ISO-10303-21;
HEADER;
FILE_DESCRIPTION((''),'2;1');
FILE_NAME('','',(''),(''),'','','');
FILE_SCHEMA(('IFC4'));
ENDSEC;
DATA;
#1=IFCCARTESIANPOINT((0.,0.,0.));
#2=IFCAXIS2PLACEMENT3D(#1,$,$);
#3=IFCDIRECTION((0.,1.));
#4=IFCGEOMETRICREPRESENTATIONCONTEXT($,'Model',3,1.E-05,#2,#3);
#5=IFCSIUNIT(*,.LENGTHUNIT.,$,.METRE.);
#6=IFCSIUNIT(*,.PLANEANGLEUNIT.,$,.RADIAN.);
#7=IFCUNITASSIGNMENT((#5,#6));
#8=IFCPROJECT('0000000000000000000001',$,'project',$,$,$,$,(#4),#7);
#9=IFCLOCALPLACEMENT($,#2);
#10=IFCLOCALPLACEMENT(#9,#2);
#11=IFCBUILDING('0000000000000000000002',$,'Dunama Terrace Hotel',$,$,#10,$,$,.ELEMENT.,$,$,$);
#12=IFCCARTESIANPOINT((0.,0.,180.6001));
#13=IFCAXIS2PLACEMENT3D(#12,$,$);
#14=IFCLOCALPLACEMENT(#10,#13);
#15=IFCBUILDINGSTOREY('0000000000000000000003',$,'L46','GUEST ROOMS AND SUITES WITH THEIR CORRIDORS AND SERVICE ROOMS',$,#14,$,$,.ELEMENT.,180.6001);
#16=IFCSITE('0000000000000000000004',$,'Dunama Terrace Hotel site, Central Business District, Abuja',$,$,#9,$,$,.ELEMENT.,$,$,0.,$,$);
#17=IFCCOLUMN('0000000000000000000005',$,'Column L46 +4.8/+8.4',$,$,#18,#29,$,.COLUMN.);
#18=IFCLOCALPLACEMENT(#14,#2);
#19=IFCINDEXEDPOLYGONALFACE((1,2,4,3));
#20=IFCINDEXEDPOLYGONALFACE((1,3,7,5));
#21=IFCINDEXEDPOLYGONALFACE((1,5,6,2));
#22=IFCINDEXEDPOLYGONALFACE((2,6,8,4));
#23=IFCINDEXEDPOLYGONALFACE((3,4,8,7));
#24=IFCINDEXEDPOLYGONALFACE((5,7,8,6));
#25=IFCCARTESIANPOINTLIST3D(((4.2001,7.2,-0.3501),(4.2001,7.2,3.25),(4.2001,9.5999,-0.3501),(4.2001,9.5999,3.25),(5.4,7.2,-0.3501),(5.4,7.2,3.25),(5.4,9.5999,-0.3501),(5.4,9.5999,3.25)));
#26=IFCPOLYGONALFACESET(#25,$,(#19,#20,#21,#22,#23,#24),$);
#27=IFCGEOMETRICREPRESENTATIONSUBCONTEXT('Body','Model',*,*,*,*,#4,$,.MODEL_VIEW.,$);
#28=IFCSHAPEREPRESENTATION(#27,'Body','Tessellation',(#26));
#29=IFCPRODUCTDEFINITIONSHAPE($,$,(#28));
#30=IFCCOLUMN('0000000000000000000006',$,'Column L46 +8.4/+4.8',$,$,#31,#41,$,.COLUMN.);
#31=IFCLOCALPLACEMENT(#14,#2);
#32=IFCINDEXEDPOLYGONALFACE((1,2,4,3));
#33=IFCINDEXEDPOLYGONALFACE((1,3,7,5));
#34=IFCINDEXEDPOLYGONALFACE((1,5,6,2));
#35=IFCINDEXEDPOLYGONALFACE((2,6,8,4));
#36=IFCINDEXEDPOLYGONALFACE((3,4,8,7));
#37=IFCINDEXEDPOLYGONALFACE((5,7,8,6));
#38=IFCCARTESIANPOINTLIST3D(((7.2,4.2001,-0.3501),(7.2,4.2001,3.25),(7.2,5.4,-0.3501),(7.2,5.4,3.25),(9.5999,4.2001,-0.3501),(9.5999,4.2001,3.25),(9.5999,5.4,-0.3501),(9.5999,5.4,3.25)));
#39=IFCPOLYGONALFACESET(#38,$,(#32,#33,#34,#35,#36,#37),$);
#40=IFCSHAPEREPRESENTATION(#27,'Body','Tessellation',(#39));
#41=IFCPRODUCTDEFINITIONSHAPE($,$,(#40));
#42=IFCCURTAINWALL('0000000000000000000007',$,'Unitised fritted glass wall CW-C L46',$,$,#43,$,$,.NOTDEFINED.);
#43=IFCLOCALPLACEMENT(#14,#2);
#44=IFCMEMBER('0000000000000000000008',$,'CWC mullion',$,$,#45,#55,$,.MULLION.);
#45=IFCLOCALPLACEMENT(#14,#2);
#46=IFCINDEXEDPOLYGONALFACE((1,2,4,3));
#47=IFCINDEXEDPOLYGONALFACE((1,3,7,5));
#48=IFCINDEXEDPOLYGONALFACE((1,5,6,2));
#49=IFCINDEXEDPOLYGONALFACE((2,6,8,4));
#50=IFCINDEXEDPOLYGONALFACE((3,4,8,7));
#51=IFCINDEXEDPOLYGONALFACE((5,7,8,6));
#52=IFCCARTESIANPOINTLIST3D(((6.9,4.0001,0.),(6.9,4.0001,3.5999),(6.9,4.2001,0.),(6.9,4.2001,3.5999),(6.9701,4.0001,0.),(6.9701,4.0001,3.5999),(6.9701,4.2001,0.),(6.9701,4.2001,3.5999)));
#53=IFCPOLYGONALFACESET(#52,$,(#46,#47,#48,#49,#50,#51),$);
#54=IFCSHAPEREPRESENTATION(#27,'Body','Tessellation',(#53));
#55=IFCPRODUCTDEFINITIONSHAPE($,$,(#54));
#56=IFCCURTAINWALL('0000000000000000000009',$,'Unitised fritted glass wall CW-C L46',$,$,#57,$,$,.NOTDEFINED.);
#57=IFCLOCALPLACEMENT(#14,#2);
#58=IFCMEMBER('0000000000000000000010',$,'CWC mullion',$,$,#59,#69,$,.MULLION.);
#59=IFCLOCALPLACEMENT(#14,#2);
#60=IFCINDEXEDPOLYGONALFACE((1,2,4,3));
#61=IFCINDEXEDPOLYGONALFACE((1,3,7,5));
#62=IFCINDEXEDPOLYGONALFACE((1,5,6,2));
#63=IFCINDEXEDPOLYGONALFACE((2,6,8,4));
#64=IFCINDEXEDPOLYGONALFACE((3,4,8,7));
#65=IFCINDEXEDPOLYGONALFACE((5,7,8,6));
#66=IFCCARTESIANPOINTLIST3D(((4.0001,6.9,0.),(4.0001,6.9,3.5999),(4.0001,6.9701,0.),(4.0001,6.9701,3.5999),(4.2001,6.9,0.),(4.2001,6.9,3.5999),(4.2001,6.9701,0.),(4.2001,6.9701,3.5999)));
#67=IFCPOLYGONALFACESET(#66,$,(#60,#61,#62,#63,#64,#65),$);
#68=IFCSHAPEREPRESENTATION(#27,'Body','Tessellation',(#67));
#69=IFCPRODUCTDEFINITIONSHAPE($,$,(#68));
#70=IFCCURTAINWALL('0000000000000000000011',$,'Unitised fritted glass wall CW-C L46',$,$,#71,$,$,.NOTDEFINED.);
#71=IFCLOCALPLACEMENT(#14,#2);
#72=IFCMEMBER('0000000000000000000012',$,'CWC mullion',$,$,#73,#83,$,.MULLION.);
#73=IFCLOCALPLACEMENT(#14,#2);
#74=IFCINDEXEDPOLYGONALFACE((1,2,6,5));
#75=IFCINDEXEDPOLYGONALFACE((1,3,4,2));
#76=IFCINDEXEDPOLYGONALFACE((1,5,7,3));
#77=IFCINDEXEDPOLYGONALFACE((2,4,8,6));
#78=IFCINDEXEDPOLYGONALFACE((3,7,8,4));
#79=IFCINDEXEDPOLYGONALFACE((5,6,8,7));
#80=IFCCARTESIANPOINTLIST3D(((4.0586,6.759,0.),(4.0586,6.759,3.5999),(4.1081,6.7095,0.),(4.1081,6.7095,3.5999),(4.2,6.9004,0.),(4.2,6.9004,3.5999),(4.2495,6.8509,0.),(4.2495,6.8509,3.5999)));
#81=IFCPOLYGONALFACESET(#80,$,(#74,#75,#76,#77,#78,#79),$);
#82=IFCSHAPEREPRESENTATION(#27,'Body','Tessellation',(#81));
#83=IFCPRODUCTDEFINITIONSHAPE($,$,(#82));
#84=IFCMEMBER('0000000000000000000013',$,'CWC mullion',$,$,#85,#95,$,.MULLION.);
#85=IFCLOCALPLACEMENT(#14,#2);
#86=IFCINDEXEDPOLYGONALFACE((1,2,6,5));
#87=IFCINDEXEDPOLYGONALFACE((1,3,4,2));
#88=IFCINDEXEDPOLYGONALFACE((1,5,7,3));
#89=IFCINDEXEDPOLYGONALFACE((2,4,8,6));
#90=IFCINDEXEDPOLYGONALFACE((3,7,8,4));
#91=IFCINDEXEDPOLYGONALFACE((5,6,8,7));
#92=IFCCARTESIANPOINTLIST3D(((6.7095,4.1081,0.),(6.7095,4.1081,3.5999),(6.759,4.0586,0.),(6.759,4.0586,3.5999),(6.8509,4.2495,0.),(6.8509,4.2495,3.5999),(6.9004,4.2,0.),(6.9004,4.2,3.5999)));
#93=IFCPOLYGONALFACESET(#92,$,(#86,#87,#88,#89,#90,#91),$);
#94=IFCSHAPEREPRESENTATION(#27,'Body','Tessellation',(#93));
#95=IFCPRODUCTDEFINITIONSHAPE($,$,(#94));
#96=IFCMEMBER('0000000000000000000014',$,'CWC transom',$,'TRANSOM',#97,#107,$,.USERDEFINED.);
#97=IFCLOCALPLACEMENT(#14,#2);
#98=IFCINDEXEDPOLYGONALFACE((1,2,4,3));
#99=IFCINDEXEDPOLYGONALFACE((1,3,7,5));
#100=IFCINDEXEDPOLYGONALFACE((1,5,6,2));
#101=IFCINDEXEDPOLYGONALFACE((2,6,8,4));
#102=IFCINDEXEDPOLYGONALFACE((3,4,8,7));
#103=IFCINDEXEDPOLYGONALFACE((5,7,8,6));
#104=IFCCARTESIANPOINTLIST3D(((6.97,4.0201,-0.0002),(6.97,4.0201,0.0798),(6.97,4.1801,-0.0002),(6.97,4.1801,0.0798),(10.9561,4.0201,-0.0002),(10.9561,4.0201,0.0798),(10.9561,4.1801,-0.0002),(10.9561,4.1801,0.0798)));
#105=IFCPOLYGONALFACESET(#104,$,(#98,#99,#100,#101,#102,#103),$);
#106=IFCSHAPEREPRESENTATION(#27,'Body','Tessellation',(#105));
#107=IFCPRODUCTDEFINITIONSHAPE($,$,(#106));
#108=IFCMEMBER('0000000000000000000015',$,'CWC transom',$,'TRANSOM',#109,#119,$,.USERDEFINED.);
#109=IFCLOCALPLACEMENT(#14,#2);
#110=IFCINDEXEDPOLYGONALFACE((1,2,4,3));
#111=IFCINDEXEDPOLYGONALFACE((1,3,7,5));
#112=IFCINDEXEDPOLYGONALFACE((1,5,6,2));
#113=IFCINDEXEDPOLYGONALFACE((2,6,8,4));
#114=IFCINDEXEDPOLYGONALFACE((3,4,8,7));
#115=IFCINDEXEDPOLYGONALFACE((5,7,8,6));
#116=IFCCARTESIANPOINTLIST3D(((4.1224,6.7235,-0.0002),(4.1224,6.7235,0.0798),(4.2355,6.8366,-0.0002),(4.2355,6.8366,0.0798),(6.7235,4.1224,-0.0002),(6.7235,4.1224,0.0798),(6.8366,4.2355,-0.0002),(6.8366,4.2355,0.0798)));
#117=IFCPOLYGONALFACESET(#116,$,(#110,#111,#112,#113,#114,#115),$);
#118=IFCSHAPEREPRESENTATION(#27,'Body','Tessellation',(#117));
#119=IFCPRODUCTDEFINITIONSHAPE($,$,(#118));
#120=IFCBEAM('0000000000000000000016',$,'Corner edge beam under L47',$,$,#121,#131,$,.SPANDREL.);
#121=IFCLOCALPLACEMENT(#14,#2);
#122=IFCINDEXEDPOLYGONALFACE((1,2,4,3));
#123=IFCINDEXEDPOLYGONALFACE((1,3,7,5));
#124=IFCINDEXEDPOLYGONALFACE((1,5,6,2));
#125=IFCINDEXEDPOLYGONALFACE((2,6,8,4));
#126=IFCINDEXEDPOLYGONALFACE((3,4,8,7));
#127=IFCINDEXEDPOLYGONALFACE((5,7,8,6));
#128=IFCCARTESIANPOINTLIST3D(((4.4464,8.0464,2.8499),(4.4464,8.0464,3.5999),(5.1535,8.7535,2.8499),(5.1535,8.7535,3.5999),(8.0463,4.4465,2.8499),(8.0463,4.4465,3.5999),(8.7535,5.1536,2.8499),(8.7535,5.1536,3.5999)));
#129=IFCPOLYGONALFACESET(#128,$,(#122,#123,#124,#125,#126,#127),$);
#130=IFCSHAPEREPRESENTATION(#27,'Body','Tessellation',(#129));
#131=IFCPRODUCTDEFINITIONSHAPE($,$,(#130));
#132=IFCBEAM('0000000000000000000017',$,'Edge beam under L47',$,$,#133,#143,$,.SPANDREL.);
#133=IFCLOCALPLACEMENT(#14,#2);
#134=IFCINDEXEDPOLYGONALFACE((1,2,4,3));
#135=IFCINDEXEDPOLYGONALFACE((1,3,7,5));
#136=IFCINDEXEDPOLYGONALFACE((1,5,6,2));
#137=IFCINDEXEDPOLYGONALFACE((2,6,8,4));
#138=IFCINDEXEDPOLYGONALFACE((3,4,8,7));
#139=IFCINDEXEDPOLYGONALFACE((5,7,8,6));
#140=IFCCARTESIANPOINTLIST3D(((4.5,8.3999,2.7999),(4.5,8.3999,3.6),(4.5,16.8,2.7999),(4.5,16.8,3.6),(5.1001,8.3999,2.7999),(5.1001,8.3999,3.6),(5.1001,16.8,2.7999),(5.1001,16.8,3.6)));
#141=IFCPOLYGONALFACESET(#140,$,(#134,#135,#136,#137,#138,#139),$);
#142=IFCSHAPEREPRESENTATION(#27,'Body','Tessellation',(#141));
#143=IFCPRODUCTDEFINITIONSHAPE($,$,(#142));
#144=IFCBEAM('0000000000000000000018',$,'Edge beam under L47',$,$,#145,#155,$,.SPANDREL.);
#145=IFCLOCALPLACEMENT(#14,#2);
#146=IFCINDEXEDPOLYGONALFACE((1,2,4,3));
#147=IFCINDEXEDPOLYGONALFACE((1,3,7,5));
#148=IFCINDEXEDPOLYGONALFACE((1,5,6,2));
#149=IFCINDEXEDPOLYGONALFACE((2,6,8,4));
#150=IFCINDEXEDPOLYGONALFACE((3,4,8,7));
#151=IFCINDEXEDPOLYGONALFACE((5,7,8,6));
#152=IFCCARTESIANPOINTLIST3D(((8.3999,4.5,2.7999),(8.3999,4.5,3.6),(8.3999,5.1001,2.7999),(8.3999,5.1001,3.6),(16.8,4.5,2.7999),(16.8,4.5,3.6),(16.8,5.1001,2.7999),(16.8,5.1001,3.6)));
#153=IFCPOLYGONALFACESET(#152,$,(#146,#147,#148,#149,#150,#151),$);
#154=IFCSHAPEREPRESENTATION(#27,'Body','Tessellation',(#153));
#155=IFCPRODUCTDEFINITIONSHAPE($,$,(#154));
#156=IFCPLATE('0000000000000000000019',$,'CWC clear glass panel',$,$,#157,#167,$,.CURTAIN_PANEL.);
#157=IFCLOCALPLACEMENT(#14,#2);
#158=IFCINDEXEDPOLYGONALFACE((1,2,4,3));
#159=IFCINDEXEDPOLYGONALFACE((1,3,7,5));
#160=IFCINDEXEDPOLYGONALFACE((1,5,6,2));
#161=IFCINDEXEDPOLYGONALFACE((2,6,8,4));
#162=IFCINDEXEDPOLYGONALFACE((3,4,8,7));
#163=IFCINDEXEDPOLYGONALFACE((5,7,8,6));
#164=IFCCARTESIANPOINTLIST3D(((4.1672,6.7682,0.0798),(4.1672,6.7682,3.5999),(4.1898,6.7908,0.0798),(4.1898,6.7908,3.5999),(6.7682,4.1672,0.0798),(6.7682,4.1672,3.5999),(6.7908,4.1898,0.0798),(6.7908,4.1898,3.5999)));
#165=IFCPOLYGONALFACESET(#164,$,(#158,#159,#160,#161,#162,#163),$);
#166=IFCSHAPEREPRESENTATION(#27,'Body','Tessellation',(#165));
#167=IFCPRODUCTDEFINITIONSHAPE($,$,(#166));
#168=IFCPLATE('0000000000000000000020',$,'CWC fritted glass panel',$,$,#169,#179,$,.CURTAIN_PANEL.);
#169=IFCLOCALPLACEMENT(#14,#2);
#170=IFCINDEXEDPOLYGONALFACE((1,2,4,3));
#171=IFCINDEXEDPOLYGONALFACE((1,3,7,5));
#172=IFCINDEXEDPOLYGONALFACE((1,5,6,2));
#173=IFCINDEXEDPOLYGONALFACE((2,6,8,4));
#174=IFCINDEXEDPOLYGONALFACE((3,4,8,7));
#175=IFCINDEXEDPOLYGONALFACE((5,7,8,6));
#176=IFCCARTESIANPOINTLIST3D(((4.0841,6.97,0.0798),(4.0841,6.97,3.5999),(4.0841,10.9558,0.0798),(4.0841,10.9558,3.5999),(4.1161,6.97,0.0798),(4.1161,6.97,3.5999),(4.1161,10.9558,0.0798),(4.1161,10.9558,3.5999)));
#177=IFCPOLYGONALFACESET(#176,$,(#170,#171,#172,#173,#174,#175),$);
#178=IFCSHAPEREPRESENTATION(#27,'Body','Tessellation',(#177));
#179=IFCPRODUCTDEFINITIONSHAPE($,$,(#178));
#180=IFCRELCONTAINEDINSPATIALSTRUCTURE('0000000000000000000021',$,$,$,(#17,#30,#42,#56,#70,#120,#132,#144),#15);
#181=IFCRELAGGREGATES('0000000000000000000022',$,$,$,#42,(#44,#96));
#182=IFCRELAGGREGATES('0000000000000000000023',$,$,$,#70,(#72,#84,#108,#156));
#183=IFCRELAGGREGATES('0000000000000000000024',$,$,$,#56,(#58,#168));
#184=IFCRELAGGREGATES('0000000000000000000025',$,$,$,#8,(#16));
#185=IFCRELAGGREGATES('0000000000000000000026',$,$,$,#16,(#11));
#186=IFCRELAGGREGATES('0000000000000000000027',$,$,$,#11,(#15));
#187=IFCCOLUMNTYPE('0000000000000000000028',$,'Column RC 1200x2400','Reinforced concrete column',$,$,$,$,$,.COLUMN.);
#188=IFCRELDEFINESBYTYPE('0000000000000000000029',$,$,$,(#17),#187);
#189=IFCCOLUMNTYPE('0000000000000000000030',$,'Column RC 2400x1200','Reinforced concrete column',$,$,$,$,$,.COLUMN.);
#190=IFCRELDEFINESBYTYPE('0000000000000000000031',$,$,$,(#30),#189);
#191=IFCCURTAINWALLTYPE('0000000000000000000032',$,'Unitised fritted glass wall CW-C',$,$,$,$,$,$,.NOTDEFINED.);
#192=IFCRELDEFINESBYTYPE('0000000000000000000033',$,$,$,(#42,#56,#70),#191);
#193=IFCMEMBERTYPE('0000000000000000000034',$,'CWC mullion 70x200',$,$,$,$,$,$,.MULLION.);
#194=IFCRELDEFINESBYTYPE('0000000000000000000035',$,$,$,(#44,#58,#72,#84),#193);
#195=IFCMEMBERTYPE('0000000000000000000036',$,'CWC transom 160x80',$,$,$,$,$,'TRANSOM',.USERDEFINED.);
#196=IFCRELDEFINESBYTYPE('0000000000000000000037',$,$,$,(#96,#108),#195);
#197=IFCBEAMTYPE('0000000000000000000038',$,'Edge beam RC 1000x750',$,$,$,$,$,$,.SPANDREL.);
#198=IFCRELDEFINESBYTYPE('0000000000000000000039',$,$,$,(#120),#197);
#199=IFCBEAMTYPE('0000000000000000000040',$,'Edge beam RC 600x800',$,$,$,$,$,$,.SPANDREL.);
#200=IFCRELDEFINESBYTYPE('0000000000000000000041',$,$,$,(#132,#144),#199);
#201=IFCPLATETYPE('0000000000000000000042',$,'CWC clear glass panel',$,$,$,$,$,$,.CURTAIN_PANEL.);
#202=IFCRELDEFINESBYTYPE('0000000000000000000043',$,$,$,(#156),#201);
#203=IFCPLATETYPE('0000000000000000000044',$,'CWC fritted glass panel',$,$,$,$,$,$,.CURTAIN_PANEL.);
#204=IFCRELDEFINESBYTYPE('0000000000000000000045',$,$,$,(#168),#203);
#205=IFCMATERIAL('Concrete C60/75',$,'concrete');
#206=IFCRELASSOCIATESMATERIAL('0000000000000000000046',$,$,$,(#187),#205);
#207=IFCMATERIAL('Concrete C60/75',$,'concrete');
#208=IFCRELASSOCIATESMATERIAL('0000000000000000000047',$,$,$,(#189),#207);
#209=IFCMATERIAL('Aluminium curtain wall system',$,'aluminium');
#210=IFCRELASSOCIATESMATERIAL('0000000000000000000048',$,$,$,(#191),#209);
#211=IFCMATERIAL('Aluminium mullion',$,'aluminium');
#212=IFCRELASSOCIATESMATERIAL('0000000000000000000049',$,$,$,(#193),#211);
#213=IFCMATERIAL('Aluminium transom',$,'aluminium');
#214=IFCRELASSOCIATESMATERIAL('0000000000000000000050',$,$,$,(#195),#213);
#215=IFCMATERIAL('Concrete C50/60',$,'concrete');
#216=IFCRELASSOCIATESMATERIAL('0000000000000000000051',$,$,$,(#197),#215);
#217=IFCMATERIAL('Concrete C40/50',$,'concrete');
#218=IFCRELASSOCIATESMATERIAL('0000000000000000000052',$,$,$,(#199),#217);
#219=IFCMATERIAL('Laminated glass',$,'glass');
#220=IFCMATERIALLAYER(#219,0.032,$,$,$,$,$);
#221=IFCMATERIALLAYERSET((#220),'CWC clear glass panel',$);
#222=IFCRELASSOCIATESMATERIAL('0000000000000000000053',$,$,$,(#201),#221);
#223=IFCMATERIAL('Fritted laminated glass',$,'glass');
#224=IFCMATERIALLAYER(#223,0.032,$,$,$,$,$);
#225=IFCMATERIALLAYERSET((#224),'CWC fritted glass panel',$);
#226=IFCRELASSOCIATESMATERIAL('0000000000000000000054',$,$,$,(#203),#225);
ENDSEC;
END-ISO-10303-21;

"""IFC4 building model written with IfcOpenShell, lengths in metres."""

from ifc_helpers import new_model, si_unit, direction, frame, origin, origin_2d, place, context, subcontext, project, spatial, rectangle, extrude, material, layer, layer_set, material_profile, profile_set, type_object, element, aggregate, save


model = new_model("IFC4")

# Units and contexts
model_context = context("Model", 3, precision=1e-05, world=origin(), true_north=direction((0.0, 1.0)))
body_context = subcontext(model_context, "Body", "Model", "MODEL_VIEW")
ifc_project = project(units=[si_unit("LENGTHUNIT", "METRE"), si_unit("PLANEANGLEUNIT", "RADIAN")], contexts=[model_context])

# Site, building, storey
site_placement = place(None, origin())
site = spatial("IfcSite", under=ifc_project, at=site_placement, Name="Dunama Terrace Hotel site, Central Business District, Abuja", CompositionType="ELEMENT", RefElevation=0.0)
building_placement = place(site_placement, origin())
building = spatial("IfcBuilding", under=site, at=building_placement, Name="Dunama Terrace Hotel", CompositionType="ELEMENT")
storey_placement = place(building_placement, frame((0.0, 0.0, 180.6001)))
storey = spatial("IfcBuildingStorey", under=building, at=storey_placement, Name="L46", Description="GUEST ROOMS AND SUITES WITH THEIR CORRIDORS AND SERVICE ROOMS", CompositionType="ELEMENT", Elevation=180.6001)

# Columns
ifc_material_1 = material(Name="Concrete C60/75", Category="concrete")
ifc_material_profile_1 = material_profile(ifc_material_1, rectangle(XDim=1.2, YDim=2.3999, at=origin_2d()), Name="RC 1200x2400")
ifc_profile_set_1 = profile_set([ifc_material_profile_1], Name="Concrete C60/75")
column_type_1 = type_object("IfcColumnType", Name="Column RC 1200x2400", Description="Reinforced concrete column", PredefinedType="COLUMN", material=ifc_profile_set_1)
column_1_placement = place(storey_placement, frame((4.8, 8.3999, -0.3501), z_axis=(0.0, 0.0, 1.0), x_axis=(1.0, 0.0, 0.0)))
element("IfcColumn", 1, at=column_1_placement, inside=storey, type_object=column_type_1, Name="Column L46 +4.8/+8.4", PredefinedType="COLUMN", context=body_context, shape_type="SweptSolid", body=[
    extrude(rectangle(XDim=1.2, YDim=2.3999, at=origin_2d()), origin(), (0.0, 0.0, 1.0), 3.6001),
])
ifc_material_2 = material(Name="Concrete C60/75", Category="concrete")
ifc_material_profile_2 = material_profile(ifc_material_2, rectangle(XDim=2.3999, YDim=1.2, at=origin_2d()), Name="RC 2400x1200")
ifc_profile_set_2 = profile_set([ifc_material_profile_2], Name="Concrete C60/75")
column_type_2 = type_object("IfcColumnType", Name="Column RC 2400x1200", Description="Reinforced concrete column", PredefinedType="COLUMN", material=ifc_profile_set_2)
column_2_placement = place(storey_placement, frame((8.3999, 4.8, -0.3501), z_axis=(0.0, 0.0, 1.0), x_axis=(1.0, 0.0, 0.0)))
element("IfcColumn", 2, at=column_2_placement, inside=storey, type_object=column_type_2, Name="Column L46 +8.4/+4.8", PredefinedType="COLUMN", context=body_context, shape_type="SweptSolid", body=[
    extrude(rectangle(XDim=2.3999, YDim=1.2, at=origin_2d()), origin(), (0.0, 0.0, 1.0), 3.6001),
])

# Curtain walls, members
ifc_material_3 = material(Name="Aluminium curtain wall system", Category="aluminium")
curtain_wall_type = type_object("IfcCurtainWallType", Name="Unitised fritted glass wall CW-C", PredefinedType="NOTDEFINED", material=ifc_material_3)
curtain_wall_1_placement = place(storey_placement, origin())
curtain_wall_1 = element("IfcCurtainWall", 3, at=curtain_wall_1_placement, inside=storey, type_object=curtain_wall_type, Name="Unitised fritted glass wall CW-C L46", PredefinedType="NOTDEFINED")
ifc_material_4 = material(Name="Aluminium mullion", Category="aluminium")
ifc_material_profile_3 = material_profile(ifc_material_4, rectangle(XDim=0.0701, YDim=0.2, at=origin_2d()), Name="CWC MULLION 70X200")
ifc_profile_set_3 = profile_set([ifc_material_profile_3], Name="Aluminium mullion")
member_type_1 = type_object("IfcMemberType", Name="CWC mullion 70x200", PredefinedType="MULLION", material=ifc_profile_set_3)
member_1_placement = place(storey_placement, frame((6.9351, 4.1001, 0.0), z_axis=(0.0, 0.0, 1.0), x_axis=(1.0, 0.0, 0.0)))
member_1 = element("IfcMember", 4, at=member_1_placement, type_object=member_type_1, Name="CWC mullion", PredefinedType="MULLION", context=body_context, shape_type="SweptSolid", body=[
    extrude(rectangle(XDim=0.0701, YDim=0.2, at=origin_2d()), origin(), (0.0, 0.0, 1.0), 3.5999),
])
curtain_wall_2_placement = place(storey_placement, origin())
curtain_wall_2 = element("IfcCurtainWall", 5, at=curtain_wall_2_placement, inside=storey, type_object=curtain_wall_type, Name="Unitised fritted glass wall CW-C L46", PredefinedType="NOTDEFINED")
member_2_placement = place(storey_placement, frame((4.1001, 6.9351, 0.0), z_axis=(0.0, 0.0, 1.0), x_axis=(0.0, -1.0, 0.0)))
member_2 = element("IfcMember", 6, at=member_2_placement, type_object=member_type_1, Name="CWC mullion", PredefinedType="MULLION", context=body_context, shape_type="SweptSolid", body=[
    extrude(rectangle(XDim=0.0701, YDim=0.2, at=origin_2d()), origin(), (0.0, 0.0, 1.0), 3.5999),
])

# Curtain wall, members
curtain_wall_3_placement = place(storey_placement, origin())
curtain_wall_3 = element("IfcCurtainWall", 7, at=curtain_wall_3_placement, inside=storey, type_object=curtain_wall_type, Name="Unitised fritted glass wall CW-C L46", PredefinedType="NOTDEFINED")
member_3_placement = place(storey_placement, frame((4.1541, 6.8049, 0.0), z_axis=(0.0, 0.0, 1.0), x_axis=(0.707107, -0.707107, 0.0)))
member_3 = element("IfcMember", 8, at=member_3_placement, type_object=member_type_1, Name="CWC mullion", PredefinedType="MULLION", context=body_context, shape_type="SweptSolid", body=[
    extrude(rectangle(XDim=0.0701, YDim=0.2, at=origin_2d()), origin(), (0.0, 0.0, 1.0), 3.5999),
])
member_4_placement = place(storey_placement, frame((6.8049, 4.1541, 0.0), z_axis=(0.0, 0.0, 1.0), x_axis=(0.707107, -0.707107, 0.0)))
member_4 = element("IfcMember", 9, at=member_4_placement, type_object=member_type_1, Name="CWC mullion", PredefinedType="MULLION", context=body_context, shape_type="SweptSolid", body=[
    extrude(rectangle(XDim=0.0701, YDim=0.2, at=origin_2d()), origin(), (0.0, 0.0, 1.0), 3.5999),
])

# Members
ifc_material_5 = material(Name="Aluminium transom", Category="aluminium")
ifc_material_profile_4 = material_profile(ifc_material_5, rectangle(XDim=0.1599, YDim=0.0801, at=origin_2d()), Name="CWC TRANSOM 160X80")
ifc_profile_set_4 = profile_set([ifc_material_profile_4], Name="Aluminium transom")
member_type_2 = type_object("IfcMemberType", Name="CWC transom 160x80", ElementType="TRANSOM", PredefinedType="USERDEFINED", material=ifc_profile_set_4)
member_5_placement = place(storey_placement, frame((6.97, 4.1001, 0.0398), z_axis=(1.0, 0.0, 0.0), x_axis=(0.0, 1.0, 0.0)))
member_5 = element("IfcMember", 10, at=member_5_placement, type_object=member_type_2, Name="CWC transom", ObjectType="TRANSOM", PredefinedType="USERDEFINED", context=body_context, shape_type="SweptSolid", body=[
    extrude(rectangle(XDim=0.1599, YDim=0.0801, at=origin_2d()), origin(), (0.0, 0.0, 1.0), 3.9861),
])
aggregate(curtain_wall_1, [member_1, member_5])
member_6_placement = place(storey_placement, frame((4.179, 6.78, 0.0398), z_axis=(0.707107, -0.707107, 0.0), x_axis=(0.707107, 0.707107, 0.0)))
member_6 = element("IfcMember", 11, at=member_6_placement, type_object=member_type_2, Name="CWC transom", ObjectType="TRANSOM", PredefinedType="USERDEFINED", context=body_context, shape_type="SweptSolid", body=[
    extrude(rectangle(XDim=0.1599, YDim=0.0801, at=origin_2d()), origin(), (0.0, 0.0, 1.0), 3.6785),
])

# Beams
ifc_material_6 = material(Name="Concrete C50/60", Category="concrete")
ifc_material_profile_5 = material_profile(ifc_material_6, rectangle(XDim=1.0, YDim=0.75, at=origin_2d()), Name="RC 1000x750")
ifc_profile_set_5 = profile_set([ifc_material_profile_5], Name="Concrete C50/60")
beam_type_1 = type_object("IfcBeamType", Name="Edge beam RC 1000x750", PredefinedType="SPANDREL", material=ifc_profile_set_5)
beam_placement = place(storey_placement, frame((8.3999, 4.8, 3.2249), z_axis=(-0.707107, 0.707107, 0.0), x_axis=(-0.707107, -0.707107, 0.0)))
element("IfcBeam", 12, at=beam_placement, inside=storey, type_object=beam_type_1, Name="Corner edge beam under L47", PredefinedType="SPANDREL", context=body_context, shape_type="SweptSolid", body=[
    extrude(rectangle(XDim=1.0, YDim=0.75, at=origin_2d()), origin(), (0.0, 0.0, 1.0), 5.0911),
])
ifc_material_7 = material(Name="Concrete C40/50", Category="concrete")
ifc_material_profile_6 = material_profile(ifc_material_7, rectangle(XDim=0.6001, YDim=0.8, at=origin_2d()), Name="RC 600x800")
ifc_profile_set_6 = profile_set([ifc_material_profile_6], Name="Concrete C40/50")
beam_type_2 = type_object("IfcBeamType", Name="Edge beam RC 600x800", PredefinedType="SPANDREL", material=ifc_profile_set_6)
for number, where, z_axis, x_axis, name in (
    (13, (4.8, 8.3999, 3.2), (0.0, 1.0, 0.0), (-1.0, 0.0, 0.0), "Edge beam under L47"),
    (14, (8.3999, 4.8, 3.2), (1.0, 0.0, 0.0), (0.0, 1.0, 0.0), "Edge beam under L47"),
):
    element("IfcBeam", number, at=place(storey_placement, frame(where, z_axis=z_axis, x_axis=x_axis)), inside=storey, type_object=beam_type_2, Name=name, PredefinedType="SPANDREL", context=body_context, shape_type="SweptSolid", body=[
        extrude(rectangle(XDim=0.6001, YDim=0.8, at=origin_2d()), origin(), (0.0, 0.0, 1.0), 8.4001),
    ])

# Plates
ifc_material_8 = material(Name="Laminated glass", Category="glass")
ifc_layer_1 = layer(ifc_material_8, 0.032)
ifc_layer_set_1 = layer_set([ifc_layer_1], Name="CWC clear glass panel")
plate_type_1 = type_object("IfcPlateType", Name="CWC clear glass panel", PredefinedType="CURTAIN_PANEL", material=ifc_layer_set_1)
plate_1_placement = place(storey_placement, frame((5.479, 5.479, 0.0798), z_axis=(0.0, 0.0, 1.0), x_axis=(0.707107, -0.707107, 0.0)))
plate_1 = element("IfcPlate", 15, at=plate_1_placement, type_object=plate_type_1, Name="CWC clear glass panel", PredefinedType="CURTAIN_PANEL", context=body_context, shape_type="SweptSolid", body=[
    extrude(rectangle(XDim=3.6785, YDim=0.032, at=origin_2d()), origin(), (0.0, 0.0, 1.0), 3.52),
])
aggregate(curtain_wall_3, [member_3, member_4, member_6, plate_1])
ifc_material_9 = material(Name="Fritted laminated glass", Category="glass")
ifc_layer_2 = layer(ifc_material_9, 0.032)
ifc_layer_set_2 = layer_set([ifc_layer_2], Name="CWC fritted glass panel")
plate_type_2 = type_object("IfcPlateType", Name="CWC fritted glass panel", PredefinedType="CURTAIN_PANEL", material=ifc_layer_set_2)
plate_2_placement = place(storey_placement, frame((4.1001, 8.9629, 0.0798), z_axis=(0.0, 0.0, 1.0), x_axis=(0.0, -1.0, 0.0)))
plate_2 = element("IfcPlate", 16, at=plate_2_placement, type_object=plate_type_2, Name="CWC fritted glass panel", PredefinedType="CURTAIN_PANEL", context=body_context, shape_type="SweptSolid", body=[
    extrude(rectangle(XDim=3.9858, YDim=0.032, at=origin_2d()), origin(), (0.0, 0.0, 1.0), 3.52),
])
aggregate(curtain_wall_2, [member_2, plate_2])

save(model, "model.ifc")
